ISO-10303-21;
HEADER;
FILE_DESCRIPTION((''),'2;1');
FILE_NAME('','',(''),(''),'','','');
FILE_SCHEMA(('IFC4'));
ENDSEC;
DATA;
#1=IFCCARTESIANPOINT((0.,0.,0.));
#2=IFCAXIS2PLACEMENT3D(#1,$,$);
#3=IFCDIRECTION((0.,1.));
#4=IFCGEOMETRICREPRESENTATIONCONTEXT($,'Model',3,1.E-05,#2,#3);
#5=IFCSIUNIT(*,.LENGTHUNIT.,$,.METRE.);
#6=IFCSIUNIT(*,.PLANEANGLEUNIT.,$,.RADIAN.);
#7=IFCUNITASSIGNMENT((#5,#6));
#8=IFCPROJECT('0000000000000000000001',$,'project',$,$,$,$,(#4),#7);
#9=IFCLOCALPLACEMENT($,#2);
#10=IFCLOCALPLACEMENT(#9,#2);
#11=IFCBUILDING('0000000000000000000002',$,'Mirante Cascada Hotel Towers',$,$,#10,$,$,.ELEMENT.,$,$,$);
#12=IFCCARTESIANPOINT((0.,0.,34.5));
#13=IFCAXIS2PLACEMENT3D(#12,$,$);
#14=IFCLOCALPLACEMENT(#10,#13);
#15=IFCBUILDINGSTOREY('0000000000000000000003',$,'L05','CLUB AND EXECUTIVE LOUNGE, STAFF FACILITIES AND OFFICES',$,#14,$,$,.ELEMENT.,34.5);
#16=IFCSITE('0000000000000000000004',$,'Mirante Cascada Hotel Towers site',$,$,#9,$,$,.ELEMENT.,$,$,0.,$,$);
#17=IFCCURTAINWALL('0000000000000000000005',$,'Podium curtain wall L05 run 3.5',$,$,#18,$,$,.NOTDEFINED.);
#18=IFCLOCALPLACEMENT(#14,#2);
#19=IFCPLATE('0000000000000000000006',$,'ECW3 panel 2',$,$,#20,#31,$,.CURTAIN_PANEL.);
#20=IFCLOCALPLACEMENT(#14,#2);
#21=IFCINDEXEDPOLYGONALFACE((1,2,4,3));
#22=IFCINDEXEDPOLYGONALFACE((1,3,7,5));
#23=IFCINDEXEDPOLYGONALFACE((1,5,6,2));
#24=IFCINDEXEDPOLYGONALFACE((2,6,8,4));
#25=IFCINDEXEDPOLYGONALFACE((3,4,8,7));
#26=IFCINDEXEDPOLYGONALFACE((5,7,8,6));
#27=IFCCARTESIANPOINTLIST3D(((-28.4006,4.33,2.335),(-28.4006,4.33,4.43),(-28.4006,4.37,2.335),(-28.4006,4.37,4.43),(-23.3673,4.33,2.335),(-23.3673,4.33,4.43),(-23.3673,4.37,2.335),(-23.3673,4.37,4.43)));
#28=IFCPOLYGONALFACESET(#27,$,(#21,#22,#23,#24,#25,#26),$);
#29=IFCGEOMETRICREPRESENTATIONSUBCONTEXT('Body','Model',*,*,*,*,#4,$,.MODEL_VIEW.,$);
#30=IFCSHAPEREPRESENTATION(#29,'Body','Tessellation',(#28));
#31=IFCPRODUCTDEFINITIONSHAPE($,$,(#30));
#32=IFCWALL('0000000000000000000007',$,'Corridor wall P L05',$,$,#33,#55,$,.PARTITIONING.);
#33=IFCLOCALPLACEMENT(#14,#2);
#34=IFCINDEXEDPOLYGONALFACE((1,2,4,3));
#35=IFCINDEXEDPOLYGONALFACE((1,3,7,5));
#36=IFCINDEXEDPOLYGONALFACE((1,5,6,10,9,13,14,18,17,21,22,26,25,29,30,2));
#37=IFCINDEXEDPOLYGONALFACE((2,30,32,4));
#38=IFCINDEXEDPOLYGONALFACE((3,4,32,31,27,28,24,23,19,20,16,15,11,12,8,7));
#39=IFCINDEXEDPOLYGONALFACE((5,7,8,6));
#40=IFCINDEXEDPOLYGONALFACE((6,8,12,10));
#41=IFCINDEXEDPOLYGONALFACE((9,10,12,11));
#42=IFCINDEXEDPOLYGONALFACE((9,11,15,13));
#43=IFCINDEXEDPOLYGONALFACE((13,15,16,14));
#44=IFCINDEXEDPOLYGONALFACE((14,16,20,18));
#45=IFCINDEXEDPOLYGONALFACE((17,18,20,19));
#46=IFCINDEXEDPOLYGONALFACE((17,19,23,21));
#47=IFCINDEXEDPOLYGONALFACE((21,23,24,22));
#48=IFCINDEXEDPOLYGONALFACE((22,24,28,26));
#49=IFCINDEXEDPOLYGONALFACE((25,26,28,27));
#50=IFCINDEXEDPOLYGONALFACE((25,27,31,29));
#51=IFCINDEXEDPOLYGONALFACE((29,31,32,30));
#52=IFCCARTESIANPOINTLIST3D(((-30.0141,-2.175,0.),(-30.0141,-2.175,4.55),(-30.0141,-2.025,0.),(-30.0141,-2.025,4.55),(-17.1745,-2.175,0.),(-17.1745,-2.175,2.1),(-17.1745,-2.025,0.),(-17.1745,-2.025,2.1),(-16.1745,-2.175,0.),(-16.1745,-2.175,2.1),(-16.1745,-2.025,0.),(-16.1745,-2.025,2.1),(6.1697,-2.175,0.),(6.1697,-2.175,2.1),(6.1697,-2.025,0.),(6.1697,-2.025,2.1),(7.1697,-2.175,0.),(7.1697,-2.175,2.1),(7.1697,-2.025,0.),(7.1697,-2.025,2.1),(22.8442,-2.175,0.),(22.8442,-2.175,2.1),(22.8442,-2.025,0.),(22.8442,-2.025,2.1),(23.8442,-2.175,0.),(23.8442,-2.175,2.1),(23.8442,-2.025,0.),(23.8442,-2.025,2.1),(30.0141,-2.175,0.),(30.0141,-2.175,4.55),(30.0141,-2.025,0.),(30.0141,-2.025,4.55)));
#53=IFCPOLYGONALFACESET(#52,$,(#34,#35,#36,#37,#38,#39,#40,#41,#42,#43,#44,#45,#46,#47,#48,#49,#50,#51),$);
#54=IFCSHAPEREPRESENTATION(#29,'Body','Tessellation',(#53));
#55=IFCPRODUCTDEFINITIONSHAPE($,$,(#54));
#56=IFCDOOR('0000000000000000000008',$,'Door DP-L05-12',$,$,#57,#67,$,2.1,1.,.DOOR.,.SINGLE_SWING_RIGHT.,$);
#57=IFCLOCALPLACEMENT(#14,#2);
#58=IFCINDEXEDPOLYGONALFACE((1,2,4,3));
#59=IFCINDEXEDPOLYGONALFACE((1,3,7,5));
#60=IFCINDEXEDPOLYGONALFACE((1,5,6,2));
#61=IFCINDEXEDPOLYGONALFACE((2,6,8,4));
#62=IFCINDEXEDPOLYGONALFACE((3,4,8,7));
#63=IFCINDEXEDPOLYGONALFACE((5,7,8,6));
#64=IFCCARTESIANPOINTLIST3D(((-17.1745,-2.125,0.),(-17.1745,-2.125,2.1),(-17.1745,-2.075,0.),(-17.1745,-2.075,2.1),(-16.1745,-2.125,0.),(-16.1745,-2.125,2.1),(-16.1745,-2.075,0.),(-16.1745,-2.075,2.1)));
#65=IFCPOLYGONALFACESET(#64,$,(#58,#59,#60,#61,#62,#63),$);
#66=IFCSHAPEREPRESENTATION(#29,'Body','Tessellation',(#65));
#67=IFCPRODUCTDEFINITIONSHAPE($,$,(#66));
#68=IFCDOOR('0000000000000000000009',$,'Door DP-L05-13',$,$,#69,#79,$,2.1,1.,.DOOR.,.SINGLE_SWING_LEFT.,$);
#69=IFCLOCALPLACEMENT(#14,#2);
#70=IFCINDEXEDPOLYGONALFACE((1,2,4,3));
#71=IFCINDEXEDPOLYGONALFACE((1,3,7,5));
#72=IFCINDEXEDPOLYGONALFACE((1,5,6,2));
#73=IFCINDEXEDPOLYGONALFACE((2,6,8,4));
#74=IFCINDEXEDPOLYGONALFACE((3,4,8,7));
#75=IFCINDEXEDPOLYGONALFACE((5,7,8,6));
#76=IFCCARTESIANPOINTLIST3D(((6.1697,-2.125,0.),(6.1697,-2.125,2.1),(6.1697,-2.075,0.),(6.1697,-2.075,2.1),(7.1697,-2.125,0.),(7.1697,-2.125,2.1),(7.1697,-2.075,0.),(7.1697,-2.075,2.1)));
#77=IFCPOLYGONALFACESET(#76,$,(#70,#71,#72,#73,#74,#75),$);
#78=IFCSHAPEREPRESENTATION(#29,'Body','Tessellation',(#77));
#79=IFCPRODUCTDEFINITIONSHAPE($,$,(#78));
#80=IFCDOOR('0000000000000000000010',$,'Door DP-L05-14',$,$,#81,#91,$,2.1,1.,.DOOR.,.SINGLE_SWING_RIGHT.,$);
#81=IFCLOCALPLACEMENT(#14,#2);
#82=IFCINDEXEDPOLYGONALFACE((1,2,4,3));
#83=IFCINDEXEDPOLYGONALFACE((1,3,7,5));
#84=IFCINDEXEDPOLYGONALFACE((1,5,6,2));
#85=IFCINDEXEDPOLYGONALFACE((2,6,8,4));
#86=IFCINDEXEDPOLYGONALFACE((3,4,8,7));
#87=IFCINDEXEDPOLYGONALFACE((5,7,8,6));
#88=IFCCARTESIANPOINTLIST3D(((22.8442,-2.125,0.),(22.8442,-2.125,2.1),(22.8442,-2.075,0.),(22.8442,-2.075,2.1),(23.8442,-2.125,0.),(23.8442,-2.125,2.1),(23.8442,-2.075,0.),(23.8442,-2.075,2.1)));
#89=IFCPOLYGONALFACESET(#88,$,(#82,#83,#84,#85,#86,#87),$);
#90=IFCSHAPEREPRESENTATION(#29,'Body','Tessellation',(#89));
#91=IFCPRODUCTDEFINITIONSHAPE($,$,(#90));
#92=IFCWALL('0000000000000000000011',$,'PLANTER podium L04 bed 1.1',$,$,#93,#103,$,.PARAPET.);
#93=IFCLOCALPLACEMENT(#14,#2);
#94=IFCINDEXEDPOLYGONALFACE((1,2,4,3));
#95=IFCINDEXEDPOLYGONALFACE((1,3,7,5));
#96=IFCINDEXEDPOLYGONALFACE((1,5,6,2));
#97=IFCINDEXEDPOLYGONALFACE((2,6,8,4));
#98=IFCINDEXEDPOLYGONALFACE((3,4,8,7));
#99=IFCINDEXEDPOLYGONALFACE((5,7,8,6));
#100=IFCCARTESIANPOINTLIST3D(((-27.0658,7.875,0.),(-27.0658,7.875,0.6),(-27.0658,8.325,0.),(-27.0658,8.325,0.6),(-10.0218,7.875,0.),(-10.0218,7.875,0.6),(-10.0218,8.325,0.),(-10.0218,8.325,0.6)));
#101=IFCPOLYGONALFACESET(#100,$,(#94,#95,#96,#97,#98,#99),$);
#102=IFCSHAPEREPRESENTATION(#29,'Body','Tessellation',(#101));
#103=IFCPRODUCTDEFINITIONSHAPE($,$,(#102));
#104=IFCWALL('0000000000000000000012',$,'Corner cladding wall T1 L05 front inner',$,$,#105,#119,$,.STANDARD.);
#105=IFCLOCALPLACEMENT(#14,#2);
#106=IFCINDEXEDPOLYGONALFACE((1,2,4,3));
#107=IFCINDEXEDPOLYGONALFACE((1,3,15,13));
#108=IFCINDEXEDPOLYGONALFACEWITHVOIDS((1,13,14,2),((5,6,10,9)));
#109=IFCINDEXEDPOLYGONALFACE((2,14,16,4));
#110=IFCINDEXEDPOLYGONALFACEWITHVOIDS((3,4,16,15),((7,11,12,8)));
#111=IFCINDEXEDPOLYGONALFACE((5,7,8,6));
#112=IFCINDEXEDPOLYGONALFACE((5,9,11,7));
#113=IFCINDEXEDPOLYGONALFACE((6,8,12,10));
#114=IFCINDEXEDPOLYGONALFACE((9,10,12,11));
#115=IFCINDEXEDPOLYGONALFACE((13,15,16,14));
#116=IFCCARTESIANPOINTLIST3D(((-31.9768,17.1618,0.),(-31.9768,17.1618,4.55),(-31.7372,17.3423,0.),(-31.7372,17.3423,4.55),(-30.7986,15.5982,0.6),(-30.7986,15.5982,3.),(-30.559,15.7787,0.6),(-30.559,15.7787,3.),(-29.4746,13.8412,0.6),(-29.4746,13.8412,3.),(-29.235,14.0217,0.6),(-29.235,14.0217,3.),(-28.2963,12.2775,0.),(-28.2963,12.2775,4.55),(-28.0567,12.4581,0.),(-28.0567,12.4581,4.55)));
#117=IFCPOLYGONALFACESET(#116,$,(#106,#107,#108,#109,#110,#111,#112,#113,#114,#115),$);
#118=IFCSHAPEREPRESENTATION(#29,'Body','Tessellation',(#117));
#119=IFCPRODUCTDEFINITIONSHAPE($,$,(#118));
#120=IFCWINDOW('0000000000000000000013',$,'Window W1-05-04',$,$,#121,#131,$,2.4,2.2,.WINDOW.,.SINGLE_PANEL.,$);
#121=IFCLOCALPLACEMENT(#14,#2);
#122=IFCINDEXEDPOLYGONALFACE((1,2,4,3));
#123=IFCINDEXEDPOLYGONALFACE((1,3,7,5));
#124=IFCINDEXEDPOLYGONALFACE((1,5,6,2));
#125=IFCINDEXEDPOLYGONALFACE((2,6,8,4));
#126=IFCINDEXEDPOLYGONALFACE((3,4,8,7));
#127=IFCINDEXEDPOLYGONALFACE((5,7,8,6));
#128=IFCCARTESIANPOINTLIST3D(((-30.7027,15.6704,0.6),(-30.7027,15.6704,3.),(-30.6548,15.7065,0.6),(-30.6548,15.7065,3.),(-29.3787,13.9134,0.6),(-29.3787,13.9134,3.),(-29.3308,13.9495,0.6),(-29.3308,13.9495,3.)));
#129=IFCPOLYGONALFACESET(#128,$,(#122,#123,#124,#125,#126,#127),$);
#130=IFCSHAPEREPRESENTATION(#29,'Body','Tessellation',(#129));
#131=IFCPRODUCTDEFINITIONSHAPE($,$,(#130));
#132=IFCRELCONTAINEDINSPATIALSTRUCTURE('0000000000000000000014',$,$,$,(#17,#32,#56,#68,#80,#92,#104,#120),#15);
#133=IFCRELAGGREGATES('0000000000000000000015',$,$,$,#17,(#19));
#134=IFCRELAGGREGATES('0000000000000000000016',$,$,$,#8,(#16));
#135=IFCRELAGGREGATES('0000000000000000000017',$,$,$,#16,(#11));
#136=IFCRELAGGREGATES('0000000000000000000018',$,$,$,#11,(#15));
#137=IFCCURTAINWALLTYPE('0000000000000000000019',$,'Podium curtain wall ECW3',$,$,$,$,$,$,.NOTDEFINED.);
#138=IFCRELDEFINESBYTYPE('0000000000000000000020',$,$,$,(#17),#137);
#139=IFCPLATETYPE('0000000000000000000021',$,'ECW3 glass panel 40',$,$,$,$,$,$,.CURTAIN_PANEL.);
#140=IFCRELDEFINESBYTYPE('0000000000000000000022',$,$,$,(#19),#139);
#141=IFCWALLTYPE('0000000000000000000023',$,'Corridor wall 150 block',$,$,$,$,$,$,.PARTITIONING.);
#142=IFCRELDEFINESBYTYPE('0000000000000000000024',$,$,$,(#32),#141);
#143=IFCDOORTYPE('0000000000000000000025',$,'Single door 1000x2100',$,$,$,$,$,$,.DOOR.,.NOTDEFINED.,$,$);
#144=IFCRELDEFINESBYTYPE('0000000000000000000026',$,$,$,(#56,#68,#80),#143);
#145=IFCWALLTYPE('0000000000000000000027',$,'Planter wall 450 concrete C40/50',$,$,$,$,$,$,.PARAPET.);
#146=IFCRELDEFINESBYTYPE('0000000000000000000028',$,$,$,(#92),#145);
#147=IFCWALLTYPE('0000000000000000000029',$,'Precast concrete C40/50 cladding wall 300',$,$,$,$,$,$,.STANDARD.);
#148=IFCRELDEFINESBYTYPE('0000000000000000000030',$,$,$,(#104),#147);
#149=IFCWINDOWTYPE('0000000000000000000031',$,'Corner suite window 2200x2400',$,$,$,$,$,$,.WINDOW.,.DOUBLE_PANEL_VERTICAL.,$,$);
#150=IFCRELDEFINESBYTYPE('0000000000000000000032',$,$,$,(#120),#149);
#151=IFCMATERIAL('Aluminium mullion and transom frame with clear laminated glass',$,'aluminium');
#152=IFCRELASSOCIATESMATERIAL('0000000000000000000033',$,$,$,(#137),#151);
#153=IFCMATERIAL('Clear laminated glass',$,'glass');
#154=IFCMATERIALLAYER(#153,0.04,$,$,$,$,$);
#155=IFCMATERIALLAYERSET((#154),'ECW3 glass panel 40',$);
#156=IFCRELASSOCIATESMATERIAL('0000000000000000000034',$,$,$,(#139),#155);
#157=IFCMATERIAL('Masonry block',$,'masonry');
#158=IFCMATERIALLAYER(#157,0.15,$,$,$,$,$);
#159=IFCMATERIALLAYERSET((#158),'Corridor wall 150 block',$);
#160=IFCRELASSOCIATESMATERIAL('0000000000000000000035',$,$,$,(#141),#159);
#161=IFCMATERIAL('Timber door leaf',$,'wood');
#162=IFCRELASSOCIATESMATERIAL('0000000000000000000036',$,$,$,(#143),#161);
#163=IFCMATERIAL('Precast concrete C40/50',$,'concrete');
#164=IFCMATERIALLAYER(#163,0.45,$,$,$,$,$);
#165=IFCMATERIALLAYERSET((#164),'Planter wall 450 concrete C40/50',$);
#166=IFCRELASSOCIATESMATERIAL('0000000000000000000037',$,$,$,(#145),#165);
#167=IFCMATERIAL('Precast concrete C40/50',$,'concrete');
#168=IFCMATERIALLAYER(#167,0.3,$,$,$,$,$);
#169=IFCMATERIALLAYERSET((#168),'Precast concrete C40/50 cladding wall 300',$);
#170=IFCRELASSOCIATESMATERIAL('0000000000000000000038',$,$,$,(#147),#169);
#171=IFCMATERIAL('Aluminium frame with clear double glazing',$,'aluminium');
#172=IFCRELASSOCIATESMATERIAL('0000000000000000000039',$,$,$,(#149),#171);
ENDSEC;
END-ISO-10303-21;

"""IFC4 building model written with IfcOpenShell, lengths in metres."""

from ifc_helpers import new_model, si_unit, direction, frame, frame_2d, origin, origin_2d, place, context, subcontext, project, spatial, rectangle, extrude, material, layer, layer_set, type_object, element, fill, aggregate, save


model = new_model("IFC4")

# Units and contexts
model_context = context("Model", 3, precision=1e-05, world=origin(), true_north=direction((0.0, 1.0)))
body_context = subcontext(model_context, "Body", "Model", "MODEL_VIEW")
ifc_project = project(units=[si_unit("LENGTHUNIT", "METRE"), si_unit("PLANEANGLEUNIT", "RADIAN")], contexts=[model_context])

# Site, building, storey
site_placement = place(None, origin())
site = spatial("IfcSite", under=ifc_project, at=site_placement, Name="Mirante Cascada Hotel Towers site", CompositionType="ELEMENT", RefElevation=0.0)
building_placement = place(site_placement, origin())
building = spatial("IfcBuilding", under=site, at=building_placement, Name="Mirante Cascada Hotel Towers", CompositionType="ELEMENT")
storey_placement = place(building_placement, frame((0.0, 0.0, 34.5)))
storey = spatial("IfcBuildingStorey", under=building, at=storey_placement, Name="L05", Description="CLUB AND EXECUTIVE LOUNGE, STAFF FACILITIES AND OFFICES", CompositionType="ELEMENT", Elevation=34.5)

# Shared definitions
ifc_material_1 = material(Name="Aluminium mullion and transom frame with clear laminated glass", Category="aluminium")
curtain_wall_type = type_object("IfcCurtainWallType", Name="Podium curtain wall ECW3", PredefinedType="NOTDEFINED", material=ifc_material_1)

# Curtain wall, plate
curtain_wall_1_placement = place(storey_placement, origin())
curtain_wall_1 = element("IfcCurtainWall", 1, at=curtain_wall_1_placement, inside=storey, type_object=curtain_wall_type, Name="Podium curtain wall L05 run 3.5", PredefinedType="NOTDEFINED")
ifc_material_2 = material(Name="Clear laminated glass", Category="glass")
ifc_layer_1 = layer(ifc_material_2, 0.04)
ifc_layer_set_1 = layer_set([ifc_layer_1], Name="ECW3 glass panel 40")
plate_type = type_object("IfcPlateType", Name="ECW3 glass panel 40", PredefinedType="CURTAIN_PANEL", material=ifc_layer_set_1)
plate_1_placement = place(storey_placement, frame((-25.8839, 4.35, 2.335), z_axis=(0.0, 0.0, 1.0), x_axis=(-1.0, 0.0, 0.0)))
plate_1 = element("IfcPlate", 2, at=plate_1_placement, type_object=plate_type, Name="ECW3 panel 2", PredefinedType="CURTAIN_PANEL", context=body_context, shape_type="SweptSolid", body=[
    extrude(rectangle(XDim=5.0333, YDim=0.04, at=origin_2d()), origin(), (0.0, 0.0, 1.0), 2.095),
])
aggregate(curtain_wall_1, [plate_1])

# Wall, openings, doors
ifc_material_3 = material(Name="Masonry block", Category="masonry")
ifc_layer_2 = layer(ifc_material_3, 0.15)
ifc_layer_set_2 = layer_set([ifc_layer_2], Name="Corridor wall 150 block")
wall_type_1 = type_object("IfcWallType", Name="Corridor wall 150 block", PredefinedType="PARTITIONING", material=ifc_layer_set_2)
wall_1_placement = place(storey_placement, frame((-30.0141, -2.1, 0.0), z_axis=(0.0, 0.0, 1.0), x_axis=(1.0, 0.0, 0.0)))
wall_1 = element("IfcWall", 3, at=wall_1_placement, inside=storey, type_object=wall_type_1, Name="Corridor wall P L05", PredefinedType="PARTITIONING", context=body_context, shape_type="SweptSolid", body=[
    extrude(rectangle(XDim=60.0282, YDim=0.15, at=frame_2d((30.0141, 0.0))), origin(), (0.0, 0.0, 1.0), 4.55),
])
opening_1_placement = place(wall_1_placement, frame((12.8396, 0.0, 0.0)))
opening_1 = element("IfcOpeningElement", 4, at=opening_1_placement, cuts=wall_1, PredefinedType="OPENING", context=body_context, shape_type="SweptSolid", body=[
    extrude(rectangle(XDim=1.0, YDim=2.1, at=frame_2d((0.5, 1.05))), frame((0.0, 0.075, 0.0), z_axis=(0.0, -1.0, 0.0), x_axis=(1.0, 0.0, 0.0)), (0.0, 0.0, 1.0), 0.15),
])
opening_2_placement = place(wall_1_placement, frame((36.1838, 0.0, 0.0)))
opening_2 = element("IfcOpeningElement", 5, at=opening_2_placement, cuts=wall_1, PredefinedType="OPENING", context=body_context, shape_type="SweptSolid", body=[
    extrude(rectangle(XDim=1.0, YDim=2.1, at=frame_2d((0.5, 1.05))), frame((0.0, 0.075, 0.0), z_axis=(0.0, -1.0, 0.0), x_axis=(1.0, 0.0, 0.0)), (0.0, 0.0, 1.0), 0.15),
])
opening_3_placement = place(wall_1_placement, frame((52.8583, 0.0, 0.0)))
opening_3 = element("IfcOpeningElement", 6, at=opening_3_placement, cuts=wall_1, PredefinedType="OPENING", context=body_context, shape_type="SweptSolid", body=[
    extrude(rectangle(XDim=1.0, YDim=2.1, at=frame_2d((0.5, 1.05))), frame((0.0, 0.075, 0.0), z_axis=(0.0, -1.0, 0.0), x_axis=(1.0, 0.0, 0.0)), (0.0, 0.0, 1.0), 0.15),
])
ifc_material_4 = material(Name="Timber door leaf", Category="wood")
door_type = type_object("IfcDoorType", Name="Single door 1000x2100", OperationType="NOTDEFINED", PredefinedType="DOOR", material=ifc_material_4)
door_1_placement = place(opening_1_placement, origin())
door_1 = element("IfcDoor", 7, at=door_1_placement, inside=storey, type_object=door_type, Name="Door DP-L05-12", OperationType="SINGLE_SWING_RIGHT", OverallHeight=2.1, OverallWidth=1.0, PredefinedType="DOOR", context=body_context, shape_type="SweptSolid", body=[
    extrude(rectangle(XDim=1.0, YDim=2.1, at=frame_2d((0.5, 1.05))), frame((0.0, 0.025, 0.0), z_axis=(0.0, -1.0, 0.0), x_axis=(1.0, 0.0, 0.0)), (0.0, 0.0, 1.0), 0.05),
])
fill(opening_1, door_1)
door_2_placement = place(opening_2_placement, origin())
door_2 = element("IfcDoor", 8, at=door_2_placement, inside=storey, type_object=door_type, Name="Door DP-L05-13", OperationType="SINGLE_SWING_LEFT", OverallHeight=2.1, OverallWidth=1.0, PredefinedType="DOOR", context=body_context, shape_type="SweptSolid", body=[
    extrude(rectangle(XDim=1.0, YDim=2.1, at=frame_2d((0.5, 1.05))), frame((0.0, 0.025, 0.0), z_axis=(0.0, -1.0, 0.0), x_axis=(1.0, 0.0, 0.0)), (0.0, 0.0, 1.0), 0.05),
])
fill(opening_2, door_2)
door_3_placement = place(opening_3_placement, origin())
door_3 = element("IfcDoor", 9, at=door_3_placement, inside=storey, type_object=door_type, Name="Door DP-L05-14", OperationType="SINGLE_SWING_RIGHT", OverallHeight=2.1, OverallWidth=1.0, PredefinedType="DOOR", context=body_context, shape_type="SweptSolid", body=[
    extrude(rectangle(XDim=1.0, YDim=2.1, at=frame_2d((0.5, 1.05))), frame((0.0, 0.025, 0.0), z_axis=(0.0, -1.0, 0.0), x_axis=(1.0, 0.0, 0.0)), (0.0, 0.0, 1.0), 0.05),
])
fill(opening_3, door_3)

# Wall
ifc_material_5 = material(Name="Precast concrete C40/50", Category="concrete")
ifc_layer_3 = layer(ifc_material_5, 0.45)
ifc_layer_set_3 = layer_set([ifc_layer_3], Name="Planter wall 450 concrete C40/50")
wall_type_2 = type_object("IfcWallType", Name="Planter wall 450 concrete C40/50", PredefinedType="PARAPET", material=ifc_layer_set_3)
wall_2_placement = place(storey_placement, frame((-27.0658, 8.1, 0.0), z_axis=(0.0, 0.0, 1.0), x_axis=(1.0, 0.0, 0.0)))
element("IfcWall", 10, at=wall_2_placement, inside=storey, type_object=wall_type_2, Name="PLANTER podium L04 bed 1.1", PredefinedType="PARAPET", context=body_context, shape_type="SweptSolid", body=[
    extrude(rectangle(XDim=17.0439, YDim=0.45, at=frame_2d((8.522, 0.0))), origin(), (0.0, 0.0, 1.0), 0.6),
])

# Wall, opening, window
ifc_material_6 = material(Name="Precast concrete C40/50", Category="concrete")
ifc_layer_4 = layer(ifc_material_6, 0.3)
ifc_layer_set_4 = layer_set([ifc_layer_4], Name="Precast concrete C40/50 cladding wall 300")
wall_type_3 = type_object("IfcWallType", Name="Precast concrete C40/50 cladding wall 300", PredefinedType="STANDARD", material=ifc_layer_set_4)
wall_3_placement = place(storey_placement, frame((-31.857, 17.252, 0.0), z_axis=(0.0, 0.0, 1.0), x_axis=(0.601814, -0.798636, 0.0)))
wall_3 = element("IfcWall", 11, at=wall_3_placement, inside=storey, type_object=wall_type_3, Name="Corner cladding wall T1 L05 front inner", PredefinedType="STANDARD", context=body_context, shape_type="SweptSolid", body=[
    extrude(rectangle(XDim=6.1157, YDim=0.3, at=frame_2d((3.0578, 0.0))), origin(), (0.0, 0.0, 1.0), 4.55),
])
opening_4_placement = place(wall_3_placement, frame((1.9578, 0.0, 0.6)))
opening_4 = element("IfcOpeningElement", 12, at=opening_4_placement, cuts=wall_3, PredefinedType="OPENING", context=body_context, shape_type="SweptSolid", body=[
    extrude(rectangle(XDim=2.2, YDim=2.4, at=frame_2d((1.1, 1.2))), frame((0.0, 0.15, 0.0), z_axis=(0.0, -1.0, 0.0), x_axis=(1.0, 0.0, 0.0)), (0.0, 0.0, 1.0), 0.3),
])
ifc_material_7 = material(Name="Aluminium frame with clear double glazing", Category="aluminium")
window_type = type_object("IfcWindowType", Name="Corner suite window 2200x2400", PartitioningType="DOUBLE_PANEL_VERTICAL", PredefinedType="WINDOW", material=ifc_material_7)
window_placement = place(opening_4_placement, origin())
window = element("IfcWindow", 13, at=window_placement, inside=storey, type_object=window_type, Name="Window W1-05-04", OverallHeight=2.4, OverallWidth=2.2, PartitioningType="SINGLE_PANEL", PredefinedType="WINDOW", context=body_context, shape_type="SweptSolid", body=[
    extrude(rectangle(XDim=2.2, YDim=2.4, at=frame_2d((1.1, 1.2))), frame((0.0, 0.03, 0.0), z_axis=(0.0, -1.0, 0.0), x_axis=(1.0, 0.0, 0.0)), (0.0, 0.0, 1.0), 0.06),
])
fill(opening_4, window)

save(model, "model.ifc")
